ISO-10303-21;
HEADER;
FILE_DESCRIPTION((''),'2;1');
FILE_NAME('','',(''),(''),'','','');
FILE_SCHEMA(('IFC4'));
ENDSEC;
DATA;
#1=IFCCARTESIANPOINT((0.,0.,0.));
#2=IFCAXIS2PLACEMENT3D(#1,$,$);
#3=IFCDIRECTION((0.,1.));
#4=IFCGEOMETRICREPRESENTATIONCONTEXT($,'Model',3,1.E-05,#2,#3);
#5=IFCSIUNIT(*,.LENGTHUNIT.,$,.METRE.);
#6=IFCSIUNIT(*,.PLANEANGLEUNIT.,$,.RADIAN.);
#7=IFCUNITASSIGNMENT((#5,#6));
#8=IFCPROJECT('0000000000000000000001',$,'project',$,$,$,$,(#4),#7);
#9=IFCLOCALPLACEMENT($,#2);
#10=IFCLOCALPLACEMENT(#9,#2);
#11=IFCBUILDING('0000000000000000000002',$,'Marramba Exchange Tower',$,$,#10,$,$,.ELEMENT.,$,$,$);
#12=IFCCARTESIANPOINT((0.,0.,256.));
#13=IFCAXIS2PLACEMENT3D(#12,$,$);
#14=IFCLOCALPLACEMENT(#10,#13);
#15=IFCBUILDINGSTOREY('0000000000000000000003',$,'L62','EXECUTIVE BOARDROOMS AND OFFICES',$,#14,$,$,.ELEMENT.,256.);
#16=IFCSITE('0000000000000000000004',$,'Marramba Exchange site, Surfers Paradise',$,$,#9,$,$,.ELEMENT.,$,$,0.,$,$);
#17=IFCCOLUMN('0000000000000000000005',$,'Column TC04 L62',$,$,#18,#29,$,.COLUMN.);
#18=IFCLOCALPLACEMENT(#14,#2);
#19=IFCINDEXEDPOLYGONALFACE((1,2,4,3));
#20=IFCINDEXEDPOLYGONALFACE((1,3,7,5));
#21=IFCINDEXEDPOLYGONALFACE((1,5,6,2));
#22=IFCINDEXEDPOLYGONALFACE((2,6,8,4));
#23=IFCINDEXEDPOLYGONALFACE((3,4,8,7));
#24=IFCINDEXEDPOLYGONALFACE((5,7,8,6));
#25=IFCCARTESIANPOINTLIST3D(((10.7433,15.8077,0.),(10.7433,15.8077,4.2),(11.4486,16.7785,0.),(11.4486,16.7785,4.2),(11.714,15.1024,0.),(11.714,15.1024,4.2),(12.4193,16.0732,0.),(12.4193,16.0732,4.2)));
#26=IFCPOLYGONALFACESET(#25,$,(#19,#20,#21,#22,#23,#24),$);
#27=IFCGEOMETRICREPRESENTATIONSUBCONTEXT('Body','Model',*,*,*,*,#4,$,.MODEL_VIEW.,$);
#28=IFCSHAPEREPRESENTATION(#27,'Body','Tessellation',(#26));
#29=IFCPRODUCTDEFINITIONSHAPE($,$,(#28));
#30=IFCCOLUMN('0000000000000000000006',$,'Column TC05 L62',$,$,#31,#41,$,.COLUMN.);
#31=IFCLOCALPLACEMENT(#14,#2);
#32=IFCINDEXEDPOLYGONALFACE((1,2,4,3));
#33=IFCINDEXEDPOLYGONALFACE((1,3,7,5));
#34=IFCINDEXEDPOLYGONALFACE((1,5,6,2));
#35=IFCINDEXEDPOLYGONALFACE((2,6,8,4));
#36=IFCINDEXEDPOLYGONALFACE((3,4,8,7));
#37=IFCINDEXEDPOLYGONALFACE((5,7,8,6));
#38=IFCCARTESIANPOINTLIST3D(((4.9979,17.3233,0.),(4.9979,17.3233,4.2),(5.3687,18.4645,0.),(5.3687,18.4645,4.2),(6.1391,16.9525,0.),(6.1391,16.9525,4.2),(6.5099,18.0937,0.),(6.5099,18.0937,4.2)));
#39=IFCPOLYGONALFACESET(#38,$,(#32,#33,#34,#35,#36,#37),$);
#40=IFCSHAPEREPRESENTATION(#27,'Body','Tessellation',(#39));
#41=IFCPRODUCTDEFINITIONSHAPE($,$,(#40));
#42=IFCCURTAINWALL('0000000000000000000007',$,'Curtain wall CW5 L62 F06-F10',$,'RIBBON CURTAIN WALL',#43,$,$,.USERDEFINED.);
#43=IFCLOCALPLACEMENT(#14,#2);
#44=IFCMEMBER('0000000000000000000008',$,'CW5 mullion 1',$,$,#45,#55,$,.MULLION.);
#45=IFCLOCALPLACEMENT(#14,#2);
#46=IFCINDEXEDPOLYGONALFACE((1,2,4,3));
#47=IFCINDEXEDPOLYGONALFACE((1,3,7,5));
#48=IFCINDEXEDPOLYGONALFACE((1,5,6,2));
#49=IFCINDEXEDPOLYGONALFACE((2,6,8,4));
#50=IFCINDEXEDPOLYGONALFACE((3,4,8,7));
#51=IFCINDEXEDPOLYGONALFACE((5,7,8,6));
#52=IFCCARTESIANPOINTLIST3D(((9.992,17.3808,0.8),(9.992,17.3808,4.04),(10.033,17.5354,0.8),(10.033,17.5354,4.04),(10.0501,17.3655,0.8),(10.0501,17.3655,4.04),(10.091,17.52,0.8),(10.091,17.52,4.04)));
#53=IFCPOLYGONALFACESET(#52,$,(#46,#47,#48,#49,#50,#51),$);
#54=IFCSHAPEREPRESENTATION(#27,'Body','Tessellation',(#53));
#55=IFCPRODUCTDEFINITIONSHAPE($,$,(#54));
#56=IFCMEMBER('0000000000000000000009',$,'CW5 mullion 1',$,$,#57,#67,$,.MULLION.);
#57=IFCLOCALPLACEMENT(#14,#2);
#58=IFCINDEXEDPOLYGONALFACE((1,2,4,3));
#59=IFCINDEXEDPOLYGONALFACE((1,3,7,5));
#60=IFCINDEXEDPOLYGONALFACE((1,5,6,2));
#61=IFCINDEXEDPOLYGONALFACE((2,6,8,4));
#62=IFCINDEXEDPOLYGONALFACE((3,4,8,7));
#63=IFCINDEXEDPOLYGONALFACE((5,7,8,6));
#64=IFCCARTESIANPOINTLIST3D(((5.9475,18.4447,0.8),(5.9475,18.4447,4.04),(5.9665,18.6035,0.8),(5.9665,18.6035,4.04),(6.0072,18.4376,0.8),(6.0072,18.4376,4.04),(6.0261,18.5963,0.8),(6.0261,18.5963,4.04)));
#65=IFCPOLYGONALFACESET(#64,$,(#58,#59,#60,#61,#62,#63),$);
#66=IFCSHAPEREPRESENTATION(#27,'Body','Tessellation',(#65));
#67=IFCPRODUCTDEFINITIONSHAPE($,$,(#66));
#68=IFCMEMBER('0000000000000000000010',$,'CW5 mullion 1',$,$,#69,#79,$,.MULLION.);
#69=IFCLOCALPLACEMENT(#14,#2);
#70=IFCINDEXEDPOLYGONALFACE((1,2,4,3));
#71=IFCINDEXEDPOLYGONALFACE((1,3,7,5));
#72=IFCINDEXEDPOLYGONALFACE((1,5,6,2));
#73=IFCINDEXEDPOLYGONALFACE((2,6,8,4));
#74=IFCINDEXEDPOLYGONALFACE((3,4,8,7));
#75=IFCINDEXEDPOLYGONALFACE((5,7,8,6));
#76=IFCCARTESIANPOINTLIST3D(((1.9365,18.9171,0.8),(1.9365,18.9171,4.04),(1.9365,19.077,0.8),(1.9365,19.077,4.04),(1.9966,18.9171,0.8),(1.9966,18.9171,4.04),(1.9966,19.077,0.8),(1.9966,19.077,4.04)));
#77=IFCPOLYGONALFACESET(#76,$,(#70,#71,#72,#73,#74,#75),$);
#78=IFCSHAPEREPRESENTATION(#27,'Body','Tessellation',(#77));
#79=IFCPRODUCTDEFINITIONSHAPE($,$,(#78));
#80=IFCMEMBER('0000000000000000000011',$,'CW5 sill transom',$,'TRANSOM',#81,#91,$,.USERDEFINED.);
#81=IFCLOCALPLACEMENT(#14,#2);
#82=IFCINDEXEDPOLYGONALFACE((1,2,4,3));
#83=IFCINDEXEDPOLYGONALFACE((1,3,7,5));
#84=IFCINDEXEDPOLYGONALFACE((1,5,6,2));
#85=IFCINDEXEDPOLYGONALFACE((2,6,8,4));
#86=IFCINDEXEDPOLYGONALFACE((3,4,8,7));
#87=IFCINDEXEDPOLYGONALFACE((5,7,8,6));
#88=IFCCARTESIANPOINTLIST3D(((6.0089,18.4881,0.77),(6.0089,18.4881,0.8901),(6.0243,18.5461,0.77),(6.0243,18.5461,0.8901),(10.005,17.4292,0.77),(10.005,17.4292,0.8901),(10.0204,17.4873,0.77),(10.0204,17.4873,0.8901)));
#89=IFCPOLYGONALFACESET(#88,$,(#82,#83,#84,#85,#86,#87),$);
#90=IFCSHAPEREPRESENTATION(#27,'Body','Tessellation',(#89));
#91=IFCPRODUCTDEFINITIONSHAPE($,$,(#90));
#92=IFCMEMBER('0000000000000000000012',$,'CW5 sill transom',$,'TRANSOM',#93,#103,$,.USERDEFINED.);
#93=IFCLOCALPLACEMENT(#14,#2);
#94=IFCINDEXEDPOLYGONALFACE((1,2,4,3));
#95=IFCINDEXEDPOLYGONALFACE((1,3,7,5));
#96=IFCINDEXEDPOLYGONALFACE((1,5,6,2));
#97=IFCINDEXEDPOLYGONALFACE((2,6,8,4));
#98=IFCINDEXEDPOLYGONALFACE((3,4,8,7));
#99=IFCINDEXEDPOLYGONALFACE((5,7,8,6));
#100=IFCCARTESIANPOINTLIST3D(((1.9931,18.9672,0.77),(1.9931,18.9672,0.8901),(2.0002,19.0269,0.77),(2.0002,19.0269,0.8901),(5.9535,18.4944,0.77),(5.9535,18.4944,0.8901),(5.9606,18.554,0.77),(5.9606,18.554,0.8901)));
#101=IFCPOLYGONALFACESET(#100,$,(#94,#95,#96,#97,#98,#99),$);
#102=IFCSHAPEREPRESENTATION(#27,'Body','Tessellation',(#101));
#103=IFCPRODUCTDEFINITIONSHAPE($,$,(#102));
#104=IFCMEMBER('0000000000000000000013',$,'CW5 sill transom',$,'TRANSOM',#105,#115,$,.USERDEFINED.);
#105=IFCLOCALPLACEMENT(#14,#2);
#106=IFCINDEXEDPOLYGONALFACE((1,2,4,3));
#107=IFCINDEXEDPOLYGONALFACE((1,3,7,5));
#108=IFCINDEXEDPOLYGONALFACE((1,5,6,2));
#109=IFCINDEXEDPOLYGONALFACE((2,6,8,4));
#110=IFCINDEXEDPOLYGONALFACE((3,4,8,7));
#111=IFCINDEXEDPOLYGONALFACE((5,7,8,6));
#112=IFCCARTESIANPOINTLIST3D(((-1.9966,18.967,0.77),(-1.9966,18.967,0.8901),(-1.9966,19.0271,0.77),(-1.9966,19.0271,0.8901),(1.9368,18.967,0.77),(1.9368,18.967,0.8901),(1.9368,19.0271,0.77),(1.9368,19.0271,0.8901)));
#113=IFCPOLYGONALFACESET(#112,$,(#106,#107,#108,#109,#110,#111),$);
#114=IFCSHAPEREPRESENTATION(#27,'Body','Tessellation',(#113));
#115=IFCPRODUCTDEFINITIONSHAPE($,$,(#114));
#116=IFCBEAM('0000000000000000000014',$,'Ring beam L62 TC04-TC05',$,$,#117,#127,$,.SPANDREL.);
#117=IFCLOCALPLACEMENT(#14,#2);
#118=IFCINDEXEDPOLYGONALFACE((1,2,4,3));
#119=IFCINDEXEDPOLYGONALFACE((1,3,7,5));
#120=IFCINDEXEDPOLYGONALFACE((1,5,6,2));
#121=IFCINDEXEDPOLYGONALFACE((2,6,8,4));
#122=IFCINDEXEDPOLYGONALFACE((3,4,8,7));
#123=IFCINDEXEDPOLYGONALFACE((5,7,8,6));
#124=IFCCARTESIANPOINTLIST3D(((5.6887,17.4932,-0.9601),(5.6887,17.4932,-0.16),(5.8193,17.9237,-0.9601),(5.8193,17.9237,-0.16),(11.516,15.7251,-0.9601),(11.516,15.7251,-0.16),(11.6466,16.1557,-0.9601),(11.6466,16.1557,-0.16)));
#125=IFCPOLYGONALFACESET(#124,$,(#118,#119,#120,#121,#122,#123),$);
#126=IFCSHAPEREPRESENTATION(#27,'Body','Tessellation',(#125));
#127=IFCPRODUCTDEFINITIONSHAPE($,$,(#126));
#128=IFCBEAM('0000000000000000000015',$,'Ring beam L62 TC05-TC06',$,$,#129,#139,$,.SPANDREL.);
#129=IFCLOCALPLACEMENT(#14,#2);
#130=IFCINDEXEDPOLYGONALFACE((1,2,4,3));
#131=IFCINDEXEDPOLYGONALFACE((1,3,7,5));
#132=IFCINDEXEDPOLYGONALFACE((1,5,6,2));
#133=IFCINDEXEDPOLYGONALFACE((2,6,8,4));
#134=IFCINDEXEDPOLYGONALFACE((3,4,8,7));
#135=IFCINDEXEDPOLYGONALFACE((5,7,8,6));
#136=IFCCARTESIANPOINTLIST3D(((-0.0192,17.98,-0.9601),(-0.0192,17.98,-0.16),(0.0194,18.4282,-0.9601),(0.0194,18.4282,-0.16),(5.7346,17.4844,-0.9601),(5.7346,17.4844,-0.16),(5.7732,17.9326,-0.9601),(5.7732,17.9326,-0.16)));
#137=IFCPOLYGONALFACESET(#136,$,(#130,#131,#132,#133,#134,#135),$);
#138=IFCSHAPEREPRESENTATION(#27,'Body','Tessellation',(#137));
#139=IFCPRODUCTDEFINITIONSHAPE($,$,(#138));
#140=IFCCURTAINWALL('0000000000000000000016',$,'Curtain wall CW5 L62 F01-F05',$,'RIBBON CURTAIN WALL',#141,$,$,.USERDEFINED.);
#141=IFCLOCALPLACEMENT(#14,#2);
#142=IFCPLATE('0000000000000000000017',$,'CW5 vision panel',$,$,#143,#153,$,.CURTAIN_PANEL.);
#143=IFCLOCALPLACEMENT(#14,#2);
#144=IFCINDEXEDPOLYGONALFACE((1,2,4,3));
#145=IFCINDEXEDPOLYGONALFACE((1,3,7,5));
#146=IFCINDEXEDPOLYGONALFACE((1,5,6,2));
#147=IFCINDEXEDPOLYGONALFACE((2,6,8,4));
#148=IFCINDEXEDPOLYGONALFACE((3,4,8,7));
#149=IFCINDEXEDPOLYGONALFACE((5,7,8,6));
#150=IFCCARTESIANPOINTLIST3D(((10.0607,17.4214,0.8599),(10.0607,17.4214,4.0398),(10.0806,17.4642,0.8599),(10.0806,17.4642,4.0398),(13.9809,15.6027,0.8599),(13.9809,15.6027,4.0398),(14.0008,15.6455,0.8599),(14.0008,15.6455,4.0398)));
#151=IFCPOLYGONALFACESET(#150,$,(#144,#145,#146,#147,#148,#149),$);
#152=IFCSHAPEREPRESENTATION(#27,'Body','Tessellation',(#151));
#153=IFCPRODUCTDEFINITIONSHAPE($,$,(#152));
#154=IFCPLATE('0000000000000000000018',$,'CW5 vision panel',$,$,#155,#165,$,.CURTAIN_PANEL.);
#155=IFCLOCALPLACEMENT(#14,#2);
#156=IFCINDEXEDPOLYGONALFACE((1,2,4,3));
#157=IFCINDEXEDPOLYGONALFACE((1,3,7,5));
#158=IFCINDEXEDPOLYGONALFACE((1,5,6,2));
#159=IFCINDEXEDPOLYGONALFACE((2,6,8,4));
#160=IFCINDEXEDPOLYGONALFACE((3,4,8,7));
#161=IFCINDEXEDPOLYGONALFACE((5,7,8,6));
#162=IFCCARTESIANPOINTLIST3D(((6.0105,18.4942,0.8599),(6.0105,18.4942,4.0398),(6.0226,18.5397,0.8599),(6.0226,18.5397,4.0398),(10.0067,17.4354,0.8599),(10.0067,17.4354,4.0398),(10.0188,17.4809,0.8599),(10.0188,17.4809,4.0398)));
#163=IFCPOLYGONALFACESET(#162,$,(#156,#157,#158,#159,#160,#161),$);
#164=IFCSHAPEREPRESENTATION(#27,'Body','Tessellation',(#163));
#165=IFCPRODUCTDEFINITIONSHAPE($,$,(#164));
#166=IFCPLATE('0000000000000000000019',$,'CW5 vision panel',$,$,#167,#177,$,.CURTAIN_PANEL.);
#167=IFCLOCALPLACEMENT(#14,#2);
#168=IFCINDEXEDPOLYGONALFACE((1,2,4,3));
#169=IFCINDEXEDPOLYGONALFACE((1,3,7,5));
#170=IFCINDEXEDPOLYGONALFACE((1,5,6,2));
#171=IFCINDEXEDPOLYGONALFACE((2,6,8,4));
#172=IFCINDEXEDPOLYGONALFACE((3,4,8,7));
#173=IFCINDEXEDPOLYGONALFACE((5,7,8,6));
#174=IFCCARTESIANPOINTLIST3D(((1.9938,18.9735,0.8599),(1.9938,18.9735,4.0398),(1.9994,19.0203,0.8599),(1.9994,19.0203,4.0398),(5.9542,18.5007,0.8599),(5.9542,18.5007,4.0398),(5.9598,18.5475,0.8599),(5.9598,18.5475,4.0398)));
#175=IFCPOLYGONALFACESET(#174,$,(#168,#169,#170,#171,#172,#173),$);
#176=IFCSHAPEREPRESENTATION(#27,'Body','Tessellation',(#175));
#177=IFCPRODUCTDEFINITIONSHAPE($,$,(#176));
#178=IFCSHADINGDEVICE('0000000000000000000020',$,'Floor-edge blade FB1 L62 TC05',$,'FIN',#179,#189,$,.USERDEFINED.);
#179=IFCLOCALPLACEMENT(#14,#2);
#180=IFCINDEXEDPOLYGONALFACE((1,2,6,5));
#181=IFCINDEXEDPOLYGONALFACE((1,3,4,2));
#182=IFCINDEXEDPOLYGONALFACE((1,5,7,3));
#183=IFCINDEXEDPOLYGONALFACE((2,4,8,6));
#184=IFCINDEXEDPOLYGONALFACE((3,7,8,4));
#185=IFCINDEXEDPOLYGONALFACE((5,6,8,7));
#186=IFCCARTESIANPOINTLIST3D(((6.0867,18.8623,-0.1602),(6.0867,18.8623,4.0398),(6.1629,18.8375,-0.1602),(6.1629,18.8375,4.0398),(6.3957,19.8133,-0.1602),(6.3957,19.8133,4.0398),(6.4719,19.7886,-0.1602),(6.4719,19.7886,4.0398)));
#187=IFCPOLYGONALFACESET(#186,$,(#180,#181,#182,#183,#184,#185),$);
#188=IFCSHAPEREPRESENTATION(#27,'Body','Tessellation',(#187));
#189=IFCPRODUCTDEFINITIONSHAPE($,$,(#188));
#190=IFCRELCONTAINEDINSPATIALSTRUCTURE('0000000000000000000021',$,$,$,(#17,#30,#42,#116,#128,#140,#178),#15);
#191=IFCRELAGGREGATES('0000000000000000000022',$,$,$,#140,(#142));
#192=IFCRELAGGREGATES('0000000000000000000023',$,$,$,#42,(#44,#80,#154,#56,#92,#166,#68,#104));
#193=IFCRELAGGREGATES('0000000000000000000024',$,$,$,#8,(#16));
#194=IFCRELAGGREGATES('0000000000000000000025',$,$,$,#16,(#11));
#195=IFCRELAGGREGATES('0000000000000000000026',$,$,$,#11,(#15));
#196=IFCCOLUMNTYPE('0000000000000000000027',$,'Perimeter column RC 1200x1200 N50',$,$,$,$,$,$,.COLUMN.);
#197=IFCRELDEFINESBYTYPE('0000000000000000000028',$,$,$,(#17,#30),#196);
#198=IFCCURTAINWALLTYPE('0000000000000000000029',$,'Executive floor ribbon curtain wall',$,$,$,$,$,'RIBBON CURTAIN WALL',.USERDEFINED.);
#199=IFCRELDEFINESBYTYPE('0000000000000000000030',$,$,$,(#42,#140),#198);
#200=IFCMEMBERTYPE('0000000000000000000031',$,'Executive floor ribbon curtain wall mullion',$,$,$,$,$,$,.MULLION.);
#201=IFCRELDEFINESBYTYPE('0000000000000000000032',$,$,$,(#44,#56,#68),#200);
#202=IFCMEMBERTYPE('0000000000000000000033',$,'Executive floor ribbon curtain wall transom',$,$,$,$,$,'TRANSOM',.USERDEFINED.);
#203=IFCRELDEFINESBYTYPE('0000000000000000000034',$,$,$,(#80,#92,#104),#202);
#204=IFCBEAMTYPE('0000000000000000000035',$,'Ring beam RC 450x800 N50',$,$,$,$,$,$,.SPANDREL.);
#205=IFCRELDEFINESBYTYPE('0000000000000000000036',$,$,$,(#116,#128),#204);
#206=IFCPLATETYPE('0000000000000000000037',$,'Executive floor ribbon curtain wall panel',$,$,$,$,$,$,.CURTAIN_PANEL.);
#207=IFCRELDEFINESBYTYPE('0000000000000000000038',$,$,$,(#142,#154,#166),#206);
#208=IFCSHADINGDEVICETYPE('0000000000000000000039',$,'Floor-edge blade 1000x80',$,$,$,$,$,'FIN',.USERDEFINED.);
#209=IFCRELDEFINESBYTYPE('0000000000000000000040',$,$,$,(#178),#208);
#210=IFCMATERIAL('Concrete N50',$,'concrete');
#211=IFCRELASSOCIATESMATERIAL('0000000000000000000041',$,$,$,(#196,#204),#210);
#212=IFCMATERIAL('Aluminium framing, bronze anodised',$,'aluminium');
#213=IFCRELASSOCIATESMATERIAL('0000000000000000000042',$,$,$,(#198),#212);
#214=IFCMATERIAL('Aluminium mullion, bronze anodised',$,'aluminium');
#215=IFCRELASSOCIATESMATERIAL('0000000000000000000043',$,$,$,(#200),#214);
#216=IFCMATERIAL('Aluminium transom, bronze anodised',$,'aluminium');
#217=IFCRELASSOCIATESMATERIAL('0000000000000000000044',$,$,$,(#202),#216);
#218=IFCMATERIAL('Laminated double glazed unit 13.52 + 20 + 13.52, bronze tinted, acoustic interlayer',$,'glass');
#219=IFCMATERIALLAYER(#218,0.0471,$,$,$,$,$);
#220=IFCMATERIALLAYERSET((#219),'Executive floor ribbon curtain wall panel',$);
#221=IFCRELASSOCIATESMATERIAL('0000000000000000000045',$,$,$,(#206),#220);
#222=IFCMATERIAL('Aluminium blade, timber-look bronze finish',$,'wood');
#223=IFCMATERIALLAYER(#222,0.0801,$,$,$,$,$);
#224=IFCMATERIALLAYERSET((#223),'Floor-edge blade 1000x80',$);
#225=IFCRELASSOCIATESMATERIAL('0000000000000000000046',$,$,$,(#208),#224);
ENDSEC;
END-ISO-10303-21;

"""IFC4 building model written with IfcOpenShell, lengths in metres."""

from ifc_helpers import new_model, si_unit, direction, frame, origin, origin_2d, place, context, subcontext, project, spatial, rectangle, extrude, material, layer, layer_set, material_profile, profile_set, type_object, element, aggregate, save


model = new_model("IFC4")

# Units and contexts
model_context = context("Model", 3, precision=1e-05, world=origin(), true_north=direction((0.0, 1.0)))
body_context = subcontext(model_context, "Body", "Model", "MODEL_VIEW")
ifc_project = project(units=[si_unit("LENGTHUNIT", "METRE"), si_unit("PLANEANGLEUNIT", "RADIAN")], contexts=[model_context])

# Site, building, storey
site_placement = place(None, origin())
site = spatial("IfcSite", under=ifc_project, at=site_placement, Name="Marramba Exchange site, Surfers Paradise", CompositionType="ELEMENT", RefElevation=0.0)
building_placement = place(site_placement, origin())
building = spatial("IfcBuilding", under=site, at=building_placement, Name="Marramba Exchange Tower", CompositionType="ELEMENT")
storey_placement = place(building_placement, frame((0.0, 0.0, 256.0)))
storey = spatial("IfcBuildingStorey", under=building, at=storey_placement, Name="L62", Description="EXECUTIVE BOARDROOMS AND OFFICES", CompositionType="ELEMENT", Elevation=256.0)

# Columns
ifc_material_1 = material(Name="Concrete N50", Category="concrete")
ifc_material_profile_1 = material_profile(ifc_material_1, rectangle(XDim=1.2, YDim=1.2, at=origin_2d()), Name="RC 1200x1200")
ifc_profile_set_1 = profile_set([ifc_material_profile_1], Name="Concrete N50")
column_type = type_object("IfcColumnType", Name="Perimeter column RC 1200x1200 N50", PredefinedType="COLUMN", material=ifc_profile_set_1)
for number, where, z_axis, x_axis, name in (
    (1, (11.5813, 15.9404, 0.0), (0.0, 0.0, 1.0), (0.587785, 0.809017, 0.0), "Column TC04 L62"),
    (2, (5.7539, 17.7085, 0.0), (0.0, 0.0, 1.0), (0.309017, 0.951057, 0.0), "Column TC05 L62"),
):
    element("IfcColumn", number, at=place(storey_placement, frame(where, z_axis=z_axis, x_axis=x_axis)), inside=storey, type_object=column_type, Name=name, PredefinedType="COLUMN", context=body_context, shape_type="SweptSolid", body=[
        extrude(rectangle(XDim=1.2, YDim=1.2, at=origin_2d()), origin(), (0.0, 0.0, 1.0), 4.2),
    ])

# Curtain wall, members
ifc_material_2 = material(Name="Aluminium framing, bronze anodised", Category="aluminium")
curtain_wall_type = type_object("IfcCurtainWallType", Name="Executive floor ribbon curtain wall", ElementType="RIBBON CURTAIN WALL", PredefinedType="USERDEFINED", material=ifc_material_2)
curtain_wall_1_placement = place(storey_placement, origin())
curtain_wall_1 = element("IfcCurtainWall", 3, at=curtain_wall_1_placement, inside=storey, type_object=curtain_wall_type, Name="Curtain wall CW5 L62 F06-F10", ObjectType="RIBBON CURTAIN WALL", PredefinedType="USERDEFINED")
ifc_material_3 = material(Name="Aluminium mullion, bronze anodised", Category="aluminium")
ifc_material_profile_2 = material_profile(ifc_material_3, rectangle(XDim=0.1599, YDim=0.0601, at=origin_2d()), Name="CW5 mullion 60x160")
ifc_profile_set_2 = profile_set([ifc_material_profile_2], Name="Aluminium mullion, bronze anodised")
member_type_1 = type_object("IfcMemberType", Name="Executive floor ribbon curtain wall mullion", PredefinedType="MULLION", material=ifc_profile_set_2)
member_1_placement = place(storey_placement, frame((10.0415, 17.4504, 0.8), z_axis=(0.0, 0.0, 1.0), x_axis=(-0.256126, -0.966644, 0.0)))
member_1 = element("IfcMember", 4, at=member_1_placement, type_object=member_type_1, Name="CW5 mullion 1", PredefinedType="MULLION", context=body_context, shape_type="SweptSolid", body=[
    extrude(rectangle(XDim=0.1599, YDim=0.0601, at=origin_2d()), origin(), (0.0, 0.0, 1.0), 3.24),
])
member_2_placement = place(storey_placement, frame((5.9868, 18.5205, 0.8), z_axis=(0.0, 0.0, 1.0), x_axis=(-0.118557, -0.992947, 0.0)))
member_2 = element("IfcMember", 5, at=member_2_placement, type_object=member_type_1, Name="CW5 mullion 1", PredefinedType="MULLION", context=body_context, shape_type="SweptSolid", body=[
    extrude(rectangle(XDim=0.1599, YDim=0.0601, at=origin_2d()), origin(), (0.0, 0.0, 1.0), 3.24),
])
member_3_placement = place(storey_placement, frame((1.9666, 18.9971, 0.8), z_axis=(0.0, 0.0, 1.0), x_axis=(0.0, -1.0, 0.0)))
member_3 = element("IfcMember", 6, at=member_3_placement, type_object=member_type_1, Name="CW5 mullion 1", PredefinedType="MULLION", context=body_context, shape_type="SweptSolid", body=[
    extrude(rectangle(XDim=0.1599, YDim=0.0601, at=origin_2d()), origin(), (0.0, 0.0, 1.0), 3.24),
])
ifc_material_4 = material(Name="Aluminium transom, bronze anodised", Category="aluminium")
ifc_material_profile_3 = material_profile(ifc_material_4, rectangle(XDim=0.0601, YDim=0.1201, at=origin_2d()), Name="CW5 transom 60x120")
ifc_profile_set_3 = profile_set([ifc_material_profile_3], Name="Aluminium transom, bronze anodised")
member_type_2 = type_object("IfcMemberType", Name="Executive floor ribbon curtain wall transom", ElementType="TRANSOM", PredefinedType="USERDEFINED", material=ifc_profile_set_3)
member_4_placement = place(storey_placement, frame((10.0127, 17.4583, 0.8301), z_axis=(-0.966642, 0.25613, 0.0), x_axis=(-0.25613, -0.966642, 0.0)))
member_4 = element("IfcMember", 7, at=member_4_placement, type_object=member_type_2, Name="CW5 sill transom", ObjectType="TRANSOM", PredefinedType="USERDEFINED", context=body_context, shape_type="SweptSolid", body=[
    extrude(rectangle(XDim=0.0601, YDim=0.1201, at=origin_2d()), origin(), (0.0, 0.0, 1.0), 4.134),
])
member_5_placement = place(storey_placement, frame((5.957, 18.5242, 0.8301), z_axis=(-0.992946, 0.118564, 0.0), x_axis=(-0.118564, -0.992946, 0.0)))
member_5 = element("IfcMember", 8, at=member_5_placement, type_object=member_type_2, Name="CW5 sill transom", ObjectType="TRANSOM", PredefinedType="USERDEFINED", context=body_context, shape_type="SweptSolid", body=[
    extrude(rectangle(XDim=0.0601, YDim=0.1201, at=origin_2d()), origin(), (0.0, 0.0, 1.0), 3.9885),
])
member_6_placement = place(storey_placement, frame((1.9368, 18.9971, 0.8301), z_axis=(-1.0, 0.0, 0.0), x_axis=(0.0, -1.0, 0.0)))
member_6 = element("IfcMember", 9, at=member_6_placement, type_object=member_type_2, Name="CW5 sill transom", ObjectType="TRANSOM", PredefinedType="USERDEFINED", context=body_context, shape_type="SweptSolid", body=[
    extrude(rectangle(XDim=0.0601, YDim=0.1201, at=origin_2d()), origin(), (0.0, 0.0, 1.0), 3.9333),
])

# Beams
ifc_material_profile_4 = material_profile(ifc_material_1, rectangle(XDim=0.45, YDim=0.8, at=origin_2d()), Name="RC 450x800")
ifc_profile_set_4 = profile_set([ifc_material_profile_4], Name="Concrete N50")
beam_type = type_object("IfcBeamType", Name="Ring beam RC 450x800 N50", PredefinedType="SPANDREL", material=ifc_profile_set_4)
beam_1_placement = place(storey_placement, frame((11.5813, 15.9404, -0.5601), z_axis=(-0.956925, 0.290337, 0.0), x_axis=(-0.290337, -0.956925, 0.0)))
element("IfcBeam", 10, at=beam_1_placement, inside=storey, type_object=beam_type, Name="Ring beam L62 TC04-TC05", PredefinedType="SPANDREL", context=body_context, shape_type="SweptSolid", body=[
    extrude(rectangle(XDim=0.45, YDim=0.8, at=origin_2d()), origin(), (0.0, 0.0, 1.0), 6.0896),
])
beam_2_placement = place(storey_placement, frame((5.7539, 17.7085, -0.5601), z_axis=(-0.996311, 0.085816, 0.0), x_axis=(-0.085816, -0.996311, 0.0)))
element("IfcBeam", 11, at=beam_2_placement, inside=storey, type_object=beam_type, Name="Ring beam L62 TC05-TC06", PredefinedType="SPANDREL", context=body_context, shape_type="SweptSolid", body=[
    extrude(rectangle(XDim=0.45, YDim=0.8, at=origin_2d()), origin(), (0.0, 0.0, 1.0), 5.7751),
])

# Curtain wall, plate
curtain_wall_2_placement = place(storey_placement, origin())
curtain_wall_2 = element("IfcCurtainWall", 12, at=curtain_wall_2_placement, inside=storey, type_object=curtain_wall_type, Name="Curtain wall CW5 L62 F01-F05", ObjectType="RIBBON CURTAIN WALL", PredefinedType="USERDEFINED")
ifc_material_5 = material(Name="Laminated double glazed unit 13.52 + 20 + 13.52, bronze tinted, acoustic interlayer", Category="glass")
ifc_layer_1 = layer(ifc_material_5, 0.0471)
ifc_layer_set_1 = layer_set([ifc_layer_1], Name="Executive floor ribbon curtain wall panel")
plate_type = type_object("IfcPlateType", Name="Executive floor ribbon curtain wall panel", PredefinedType="CURTAIN_PANEL", material=ifc_layer_set_1)
plate_1_placement = place(storey_placement, frame((12.0308, 16.5334, 0.8599), z_axis=(0.0, 0.0, 1.0), x_axis=(-0.907131, 0.420849, 0.0)))
plate_1 = element("IfcPlate", 13, at=plate_1_placement, type_object=plate_type, Name="CW5 vision panel", PredefinedType="CURTAIN_PANEL", context=body_context, shape_type="SweptSolid", body=[
    extrude(rectangle(XDim=4.3215, YDim=0.0471, at=origin_2d()), origin(), (0.0, 0.0, 1.0), 3.1799),
])
aggregate(curtain_wall_2, [plate_1])

# Plates
plate_2_placement = place(storey_placement, frame((8.0146, 17.9875, 0.8599), z_axis=(0.0, 0.0, 1.0), x_axis=(-0.966644, 0.256126, 0.0)))
plate_2 = element("IfcPlate", 14, at=plate_2_placement, type_object=plate_type, Name="CW5 vision panel", PredefinedType="CURTAIN_PANEL", context=body_context, shape_type="SweptSolid", body=[
    extrude(rectangle(XDim=4.134, YDim=0.0471, at=origin_2d()), origin(), (0.0, 0.0, 1.0), 3.1799),
])
plate_3_placement = place(storey_placement, frame((3.9768, 18.7605, 0.8599), z_axis=(0.0, 0.0, 1.0), x_axis=(-0.992947, 0.118557, 0.0)))
plate_3 = element("IfcPlate", 15, at=plate_3_placement, type_object=plate_type, Name="CW5 vision panel", PredefinedType="CURTAIN_PANEL", context=body_context, shape_type="SweptSolid", body=[
    extrude(rectangle(XDim=3.9885, YDim=0.0471, at=origin_2d()), origin(), (0.0, 0.0, 1.0), 3.1799),
])
aggregate(curtain_wall_1, [member_1, member_4, plate_2, member_2, member_5, plate_3, member_3, member_6])

# Shading device
ifc_material_6 = material(Name="Aluminium blade, timber-look bronze finish", Category="wood")
ifc_layer_2 = layer(ifc_material_6, 0.0801)
ifc_layer_set_2 = layer_set([ifc_layer_2], Name="Floor-edge blade 1000x80")
shading_device_type_1 = type_object("IfcShadingDeviceType", Name="Floor-edge blade 1000x80", ElementType="FIN", PredefinedType="USERDEFINED", material=ifc_layer_set_2)
for number, where, z_axis, x_axis, name in (
    (16, (6.2793, 19.3254, -0.1602), (0.0, 0.0, 1.0), (0.309017, 0.951057, 0.0), "Floor-edge blade FB1 L62 TC05"),
):
    element("IfcShadingDevice", number, at=place(storey_placement, frame(where, z_axis=z_axis, x_axis=x_axis)), inside=storey, type_object=shading_device_type_1, Name=name, ObjectType="FIN", PredefinedType="USERDEFINED", context=body_context, shape_type="SweptSolid", body=[
        extrude(rectangle(XDim=1.0, YDim=0.0801, at=origin_2d()), origin(), (0.0, 0.0, 1.0), 4.2),
    ])

save(model, "model.ifc")
